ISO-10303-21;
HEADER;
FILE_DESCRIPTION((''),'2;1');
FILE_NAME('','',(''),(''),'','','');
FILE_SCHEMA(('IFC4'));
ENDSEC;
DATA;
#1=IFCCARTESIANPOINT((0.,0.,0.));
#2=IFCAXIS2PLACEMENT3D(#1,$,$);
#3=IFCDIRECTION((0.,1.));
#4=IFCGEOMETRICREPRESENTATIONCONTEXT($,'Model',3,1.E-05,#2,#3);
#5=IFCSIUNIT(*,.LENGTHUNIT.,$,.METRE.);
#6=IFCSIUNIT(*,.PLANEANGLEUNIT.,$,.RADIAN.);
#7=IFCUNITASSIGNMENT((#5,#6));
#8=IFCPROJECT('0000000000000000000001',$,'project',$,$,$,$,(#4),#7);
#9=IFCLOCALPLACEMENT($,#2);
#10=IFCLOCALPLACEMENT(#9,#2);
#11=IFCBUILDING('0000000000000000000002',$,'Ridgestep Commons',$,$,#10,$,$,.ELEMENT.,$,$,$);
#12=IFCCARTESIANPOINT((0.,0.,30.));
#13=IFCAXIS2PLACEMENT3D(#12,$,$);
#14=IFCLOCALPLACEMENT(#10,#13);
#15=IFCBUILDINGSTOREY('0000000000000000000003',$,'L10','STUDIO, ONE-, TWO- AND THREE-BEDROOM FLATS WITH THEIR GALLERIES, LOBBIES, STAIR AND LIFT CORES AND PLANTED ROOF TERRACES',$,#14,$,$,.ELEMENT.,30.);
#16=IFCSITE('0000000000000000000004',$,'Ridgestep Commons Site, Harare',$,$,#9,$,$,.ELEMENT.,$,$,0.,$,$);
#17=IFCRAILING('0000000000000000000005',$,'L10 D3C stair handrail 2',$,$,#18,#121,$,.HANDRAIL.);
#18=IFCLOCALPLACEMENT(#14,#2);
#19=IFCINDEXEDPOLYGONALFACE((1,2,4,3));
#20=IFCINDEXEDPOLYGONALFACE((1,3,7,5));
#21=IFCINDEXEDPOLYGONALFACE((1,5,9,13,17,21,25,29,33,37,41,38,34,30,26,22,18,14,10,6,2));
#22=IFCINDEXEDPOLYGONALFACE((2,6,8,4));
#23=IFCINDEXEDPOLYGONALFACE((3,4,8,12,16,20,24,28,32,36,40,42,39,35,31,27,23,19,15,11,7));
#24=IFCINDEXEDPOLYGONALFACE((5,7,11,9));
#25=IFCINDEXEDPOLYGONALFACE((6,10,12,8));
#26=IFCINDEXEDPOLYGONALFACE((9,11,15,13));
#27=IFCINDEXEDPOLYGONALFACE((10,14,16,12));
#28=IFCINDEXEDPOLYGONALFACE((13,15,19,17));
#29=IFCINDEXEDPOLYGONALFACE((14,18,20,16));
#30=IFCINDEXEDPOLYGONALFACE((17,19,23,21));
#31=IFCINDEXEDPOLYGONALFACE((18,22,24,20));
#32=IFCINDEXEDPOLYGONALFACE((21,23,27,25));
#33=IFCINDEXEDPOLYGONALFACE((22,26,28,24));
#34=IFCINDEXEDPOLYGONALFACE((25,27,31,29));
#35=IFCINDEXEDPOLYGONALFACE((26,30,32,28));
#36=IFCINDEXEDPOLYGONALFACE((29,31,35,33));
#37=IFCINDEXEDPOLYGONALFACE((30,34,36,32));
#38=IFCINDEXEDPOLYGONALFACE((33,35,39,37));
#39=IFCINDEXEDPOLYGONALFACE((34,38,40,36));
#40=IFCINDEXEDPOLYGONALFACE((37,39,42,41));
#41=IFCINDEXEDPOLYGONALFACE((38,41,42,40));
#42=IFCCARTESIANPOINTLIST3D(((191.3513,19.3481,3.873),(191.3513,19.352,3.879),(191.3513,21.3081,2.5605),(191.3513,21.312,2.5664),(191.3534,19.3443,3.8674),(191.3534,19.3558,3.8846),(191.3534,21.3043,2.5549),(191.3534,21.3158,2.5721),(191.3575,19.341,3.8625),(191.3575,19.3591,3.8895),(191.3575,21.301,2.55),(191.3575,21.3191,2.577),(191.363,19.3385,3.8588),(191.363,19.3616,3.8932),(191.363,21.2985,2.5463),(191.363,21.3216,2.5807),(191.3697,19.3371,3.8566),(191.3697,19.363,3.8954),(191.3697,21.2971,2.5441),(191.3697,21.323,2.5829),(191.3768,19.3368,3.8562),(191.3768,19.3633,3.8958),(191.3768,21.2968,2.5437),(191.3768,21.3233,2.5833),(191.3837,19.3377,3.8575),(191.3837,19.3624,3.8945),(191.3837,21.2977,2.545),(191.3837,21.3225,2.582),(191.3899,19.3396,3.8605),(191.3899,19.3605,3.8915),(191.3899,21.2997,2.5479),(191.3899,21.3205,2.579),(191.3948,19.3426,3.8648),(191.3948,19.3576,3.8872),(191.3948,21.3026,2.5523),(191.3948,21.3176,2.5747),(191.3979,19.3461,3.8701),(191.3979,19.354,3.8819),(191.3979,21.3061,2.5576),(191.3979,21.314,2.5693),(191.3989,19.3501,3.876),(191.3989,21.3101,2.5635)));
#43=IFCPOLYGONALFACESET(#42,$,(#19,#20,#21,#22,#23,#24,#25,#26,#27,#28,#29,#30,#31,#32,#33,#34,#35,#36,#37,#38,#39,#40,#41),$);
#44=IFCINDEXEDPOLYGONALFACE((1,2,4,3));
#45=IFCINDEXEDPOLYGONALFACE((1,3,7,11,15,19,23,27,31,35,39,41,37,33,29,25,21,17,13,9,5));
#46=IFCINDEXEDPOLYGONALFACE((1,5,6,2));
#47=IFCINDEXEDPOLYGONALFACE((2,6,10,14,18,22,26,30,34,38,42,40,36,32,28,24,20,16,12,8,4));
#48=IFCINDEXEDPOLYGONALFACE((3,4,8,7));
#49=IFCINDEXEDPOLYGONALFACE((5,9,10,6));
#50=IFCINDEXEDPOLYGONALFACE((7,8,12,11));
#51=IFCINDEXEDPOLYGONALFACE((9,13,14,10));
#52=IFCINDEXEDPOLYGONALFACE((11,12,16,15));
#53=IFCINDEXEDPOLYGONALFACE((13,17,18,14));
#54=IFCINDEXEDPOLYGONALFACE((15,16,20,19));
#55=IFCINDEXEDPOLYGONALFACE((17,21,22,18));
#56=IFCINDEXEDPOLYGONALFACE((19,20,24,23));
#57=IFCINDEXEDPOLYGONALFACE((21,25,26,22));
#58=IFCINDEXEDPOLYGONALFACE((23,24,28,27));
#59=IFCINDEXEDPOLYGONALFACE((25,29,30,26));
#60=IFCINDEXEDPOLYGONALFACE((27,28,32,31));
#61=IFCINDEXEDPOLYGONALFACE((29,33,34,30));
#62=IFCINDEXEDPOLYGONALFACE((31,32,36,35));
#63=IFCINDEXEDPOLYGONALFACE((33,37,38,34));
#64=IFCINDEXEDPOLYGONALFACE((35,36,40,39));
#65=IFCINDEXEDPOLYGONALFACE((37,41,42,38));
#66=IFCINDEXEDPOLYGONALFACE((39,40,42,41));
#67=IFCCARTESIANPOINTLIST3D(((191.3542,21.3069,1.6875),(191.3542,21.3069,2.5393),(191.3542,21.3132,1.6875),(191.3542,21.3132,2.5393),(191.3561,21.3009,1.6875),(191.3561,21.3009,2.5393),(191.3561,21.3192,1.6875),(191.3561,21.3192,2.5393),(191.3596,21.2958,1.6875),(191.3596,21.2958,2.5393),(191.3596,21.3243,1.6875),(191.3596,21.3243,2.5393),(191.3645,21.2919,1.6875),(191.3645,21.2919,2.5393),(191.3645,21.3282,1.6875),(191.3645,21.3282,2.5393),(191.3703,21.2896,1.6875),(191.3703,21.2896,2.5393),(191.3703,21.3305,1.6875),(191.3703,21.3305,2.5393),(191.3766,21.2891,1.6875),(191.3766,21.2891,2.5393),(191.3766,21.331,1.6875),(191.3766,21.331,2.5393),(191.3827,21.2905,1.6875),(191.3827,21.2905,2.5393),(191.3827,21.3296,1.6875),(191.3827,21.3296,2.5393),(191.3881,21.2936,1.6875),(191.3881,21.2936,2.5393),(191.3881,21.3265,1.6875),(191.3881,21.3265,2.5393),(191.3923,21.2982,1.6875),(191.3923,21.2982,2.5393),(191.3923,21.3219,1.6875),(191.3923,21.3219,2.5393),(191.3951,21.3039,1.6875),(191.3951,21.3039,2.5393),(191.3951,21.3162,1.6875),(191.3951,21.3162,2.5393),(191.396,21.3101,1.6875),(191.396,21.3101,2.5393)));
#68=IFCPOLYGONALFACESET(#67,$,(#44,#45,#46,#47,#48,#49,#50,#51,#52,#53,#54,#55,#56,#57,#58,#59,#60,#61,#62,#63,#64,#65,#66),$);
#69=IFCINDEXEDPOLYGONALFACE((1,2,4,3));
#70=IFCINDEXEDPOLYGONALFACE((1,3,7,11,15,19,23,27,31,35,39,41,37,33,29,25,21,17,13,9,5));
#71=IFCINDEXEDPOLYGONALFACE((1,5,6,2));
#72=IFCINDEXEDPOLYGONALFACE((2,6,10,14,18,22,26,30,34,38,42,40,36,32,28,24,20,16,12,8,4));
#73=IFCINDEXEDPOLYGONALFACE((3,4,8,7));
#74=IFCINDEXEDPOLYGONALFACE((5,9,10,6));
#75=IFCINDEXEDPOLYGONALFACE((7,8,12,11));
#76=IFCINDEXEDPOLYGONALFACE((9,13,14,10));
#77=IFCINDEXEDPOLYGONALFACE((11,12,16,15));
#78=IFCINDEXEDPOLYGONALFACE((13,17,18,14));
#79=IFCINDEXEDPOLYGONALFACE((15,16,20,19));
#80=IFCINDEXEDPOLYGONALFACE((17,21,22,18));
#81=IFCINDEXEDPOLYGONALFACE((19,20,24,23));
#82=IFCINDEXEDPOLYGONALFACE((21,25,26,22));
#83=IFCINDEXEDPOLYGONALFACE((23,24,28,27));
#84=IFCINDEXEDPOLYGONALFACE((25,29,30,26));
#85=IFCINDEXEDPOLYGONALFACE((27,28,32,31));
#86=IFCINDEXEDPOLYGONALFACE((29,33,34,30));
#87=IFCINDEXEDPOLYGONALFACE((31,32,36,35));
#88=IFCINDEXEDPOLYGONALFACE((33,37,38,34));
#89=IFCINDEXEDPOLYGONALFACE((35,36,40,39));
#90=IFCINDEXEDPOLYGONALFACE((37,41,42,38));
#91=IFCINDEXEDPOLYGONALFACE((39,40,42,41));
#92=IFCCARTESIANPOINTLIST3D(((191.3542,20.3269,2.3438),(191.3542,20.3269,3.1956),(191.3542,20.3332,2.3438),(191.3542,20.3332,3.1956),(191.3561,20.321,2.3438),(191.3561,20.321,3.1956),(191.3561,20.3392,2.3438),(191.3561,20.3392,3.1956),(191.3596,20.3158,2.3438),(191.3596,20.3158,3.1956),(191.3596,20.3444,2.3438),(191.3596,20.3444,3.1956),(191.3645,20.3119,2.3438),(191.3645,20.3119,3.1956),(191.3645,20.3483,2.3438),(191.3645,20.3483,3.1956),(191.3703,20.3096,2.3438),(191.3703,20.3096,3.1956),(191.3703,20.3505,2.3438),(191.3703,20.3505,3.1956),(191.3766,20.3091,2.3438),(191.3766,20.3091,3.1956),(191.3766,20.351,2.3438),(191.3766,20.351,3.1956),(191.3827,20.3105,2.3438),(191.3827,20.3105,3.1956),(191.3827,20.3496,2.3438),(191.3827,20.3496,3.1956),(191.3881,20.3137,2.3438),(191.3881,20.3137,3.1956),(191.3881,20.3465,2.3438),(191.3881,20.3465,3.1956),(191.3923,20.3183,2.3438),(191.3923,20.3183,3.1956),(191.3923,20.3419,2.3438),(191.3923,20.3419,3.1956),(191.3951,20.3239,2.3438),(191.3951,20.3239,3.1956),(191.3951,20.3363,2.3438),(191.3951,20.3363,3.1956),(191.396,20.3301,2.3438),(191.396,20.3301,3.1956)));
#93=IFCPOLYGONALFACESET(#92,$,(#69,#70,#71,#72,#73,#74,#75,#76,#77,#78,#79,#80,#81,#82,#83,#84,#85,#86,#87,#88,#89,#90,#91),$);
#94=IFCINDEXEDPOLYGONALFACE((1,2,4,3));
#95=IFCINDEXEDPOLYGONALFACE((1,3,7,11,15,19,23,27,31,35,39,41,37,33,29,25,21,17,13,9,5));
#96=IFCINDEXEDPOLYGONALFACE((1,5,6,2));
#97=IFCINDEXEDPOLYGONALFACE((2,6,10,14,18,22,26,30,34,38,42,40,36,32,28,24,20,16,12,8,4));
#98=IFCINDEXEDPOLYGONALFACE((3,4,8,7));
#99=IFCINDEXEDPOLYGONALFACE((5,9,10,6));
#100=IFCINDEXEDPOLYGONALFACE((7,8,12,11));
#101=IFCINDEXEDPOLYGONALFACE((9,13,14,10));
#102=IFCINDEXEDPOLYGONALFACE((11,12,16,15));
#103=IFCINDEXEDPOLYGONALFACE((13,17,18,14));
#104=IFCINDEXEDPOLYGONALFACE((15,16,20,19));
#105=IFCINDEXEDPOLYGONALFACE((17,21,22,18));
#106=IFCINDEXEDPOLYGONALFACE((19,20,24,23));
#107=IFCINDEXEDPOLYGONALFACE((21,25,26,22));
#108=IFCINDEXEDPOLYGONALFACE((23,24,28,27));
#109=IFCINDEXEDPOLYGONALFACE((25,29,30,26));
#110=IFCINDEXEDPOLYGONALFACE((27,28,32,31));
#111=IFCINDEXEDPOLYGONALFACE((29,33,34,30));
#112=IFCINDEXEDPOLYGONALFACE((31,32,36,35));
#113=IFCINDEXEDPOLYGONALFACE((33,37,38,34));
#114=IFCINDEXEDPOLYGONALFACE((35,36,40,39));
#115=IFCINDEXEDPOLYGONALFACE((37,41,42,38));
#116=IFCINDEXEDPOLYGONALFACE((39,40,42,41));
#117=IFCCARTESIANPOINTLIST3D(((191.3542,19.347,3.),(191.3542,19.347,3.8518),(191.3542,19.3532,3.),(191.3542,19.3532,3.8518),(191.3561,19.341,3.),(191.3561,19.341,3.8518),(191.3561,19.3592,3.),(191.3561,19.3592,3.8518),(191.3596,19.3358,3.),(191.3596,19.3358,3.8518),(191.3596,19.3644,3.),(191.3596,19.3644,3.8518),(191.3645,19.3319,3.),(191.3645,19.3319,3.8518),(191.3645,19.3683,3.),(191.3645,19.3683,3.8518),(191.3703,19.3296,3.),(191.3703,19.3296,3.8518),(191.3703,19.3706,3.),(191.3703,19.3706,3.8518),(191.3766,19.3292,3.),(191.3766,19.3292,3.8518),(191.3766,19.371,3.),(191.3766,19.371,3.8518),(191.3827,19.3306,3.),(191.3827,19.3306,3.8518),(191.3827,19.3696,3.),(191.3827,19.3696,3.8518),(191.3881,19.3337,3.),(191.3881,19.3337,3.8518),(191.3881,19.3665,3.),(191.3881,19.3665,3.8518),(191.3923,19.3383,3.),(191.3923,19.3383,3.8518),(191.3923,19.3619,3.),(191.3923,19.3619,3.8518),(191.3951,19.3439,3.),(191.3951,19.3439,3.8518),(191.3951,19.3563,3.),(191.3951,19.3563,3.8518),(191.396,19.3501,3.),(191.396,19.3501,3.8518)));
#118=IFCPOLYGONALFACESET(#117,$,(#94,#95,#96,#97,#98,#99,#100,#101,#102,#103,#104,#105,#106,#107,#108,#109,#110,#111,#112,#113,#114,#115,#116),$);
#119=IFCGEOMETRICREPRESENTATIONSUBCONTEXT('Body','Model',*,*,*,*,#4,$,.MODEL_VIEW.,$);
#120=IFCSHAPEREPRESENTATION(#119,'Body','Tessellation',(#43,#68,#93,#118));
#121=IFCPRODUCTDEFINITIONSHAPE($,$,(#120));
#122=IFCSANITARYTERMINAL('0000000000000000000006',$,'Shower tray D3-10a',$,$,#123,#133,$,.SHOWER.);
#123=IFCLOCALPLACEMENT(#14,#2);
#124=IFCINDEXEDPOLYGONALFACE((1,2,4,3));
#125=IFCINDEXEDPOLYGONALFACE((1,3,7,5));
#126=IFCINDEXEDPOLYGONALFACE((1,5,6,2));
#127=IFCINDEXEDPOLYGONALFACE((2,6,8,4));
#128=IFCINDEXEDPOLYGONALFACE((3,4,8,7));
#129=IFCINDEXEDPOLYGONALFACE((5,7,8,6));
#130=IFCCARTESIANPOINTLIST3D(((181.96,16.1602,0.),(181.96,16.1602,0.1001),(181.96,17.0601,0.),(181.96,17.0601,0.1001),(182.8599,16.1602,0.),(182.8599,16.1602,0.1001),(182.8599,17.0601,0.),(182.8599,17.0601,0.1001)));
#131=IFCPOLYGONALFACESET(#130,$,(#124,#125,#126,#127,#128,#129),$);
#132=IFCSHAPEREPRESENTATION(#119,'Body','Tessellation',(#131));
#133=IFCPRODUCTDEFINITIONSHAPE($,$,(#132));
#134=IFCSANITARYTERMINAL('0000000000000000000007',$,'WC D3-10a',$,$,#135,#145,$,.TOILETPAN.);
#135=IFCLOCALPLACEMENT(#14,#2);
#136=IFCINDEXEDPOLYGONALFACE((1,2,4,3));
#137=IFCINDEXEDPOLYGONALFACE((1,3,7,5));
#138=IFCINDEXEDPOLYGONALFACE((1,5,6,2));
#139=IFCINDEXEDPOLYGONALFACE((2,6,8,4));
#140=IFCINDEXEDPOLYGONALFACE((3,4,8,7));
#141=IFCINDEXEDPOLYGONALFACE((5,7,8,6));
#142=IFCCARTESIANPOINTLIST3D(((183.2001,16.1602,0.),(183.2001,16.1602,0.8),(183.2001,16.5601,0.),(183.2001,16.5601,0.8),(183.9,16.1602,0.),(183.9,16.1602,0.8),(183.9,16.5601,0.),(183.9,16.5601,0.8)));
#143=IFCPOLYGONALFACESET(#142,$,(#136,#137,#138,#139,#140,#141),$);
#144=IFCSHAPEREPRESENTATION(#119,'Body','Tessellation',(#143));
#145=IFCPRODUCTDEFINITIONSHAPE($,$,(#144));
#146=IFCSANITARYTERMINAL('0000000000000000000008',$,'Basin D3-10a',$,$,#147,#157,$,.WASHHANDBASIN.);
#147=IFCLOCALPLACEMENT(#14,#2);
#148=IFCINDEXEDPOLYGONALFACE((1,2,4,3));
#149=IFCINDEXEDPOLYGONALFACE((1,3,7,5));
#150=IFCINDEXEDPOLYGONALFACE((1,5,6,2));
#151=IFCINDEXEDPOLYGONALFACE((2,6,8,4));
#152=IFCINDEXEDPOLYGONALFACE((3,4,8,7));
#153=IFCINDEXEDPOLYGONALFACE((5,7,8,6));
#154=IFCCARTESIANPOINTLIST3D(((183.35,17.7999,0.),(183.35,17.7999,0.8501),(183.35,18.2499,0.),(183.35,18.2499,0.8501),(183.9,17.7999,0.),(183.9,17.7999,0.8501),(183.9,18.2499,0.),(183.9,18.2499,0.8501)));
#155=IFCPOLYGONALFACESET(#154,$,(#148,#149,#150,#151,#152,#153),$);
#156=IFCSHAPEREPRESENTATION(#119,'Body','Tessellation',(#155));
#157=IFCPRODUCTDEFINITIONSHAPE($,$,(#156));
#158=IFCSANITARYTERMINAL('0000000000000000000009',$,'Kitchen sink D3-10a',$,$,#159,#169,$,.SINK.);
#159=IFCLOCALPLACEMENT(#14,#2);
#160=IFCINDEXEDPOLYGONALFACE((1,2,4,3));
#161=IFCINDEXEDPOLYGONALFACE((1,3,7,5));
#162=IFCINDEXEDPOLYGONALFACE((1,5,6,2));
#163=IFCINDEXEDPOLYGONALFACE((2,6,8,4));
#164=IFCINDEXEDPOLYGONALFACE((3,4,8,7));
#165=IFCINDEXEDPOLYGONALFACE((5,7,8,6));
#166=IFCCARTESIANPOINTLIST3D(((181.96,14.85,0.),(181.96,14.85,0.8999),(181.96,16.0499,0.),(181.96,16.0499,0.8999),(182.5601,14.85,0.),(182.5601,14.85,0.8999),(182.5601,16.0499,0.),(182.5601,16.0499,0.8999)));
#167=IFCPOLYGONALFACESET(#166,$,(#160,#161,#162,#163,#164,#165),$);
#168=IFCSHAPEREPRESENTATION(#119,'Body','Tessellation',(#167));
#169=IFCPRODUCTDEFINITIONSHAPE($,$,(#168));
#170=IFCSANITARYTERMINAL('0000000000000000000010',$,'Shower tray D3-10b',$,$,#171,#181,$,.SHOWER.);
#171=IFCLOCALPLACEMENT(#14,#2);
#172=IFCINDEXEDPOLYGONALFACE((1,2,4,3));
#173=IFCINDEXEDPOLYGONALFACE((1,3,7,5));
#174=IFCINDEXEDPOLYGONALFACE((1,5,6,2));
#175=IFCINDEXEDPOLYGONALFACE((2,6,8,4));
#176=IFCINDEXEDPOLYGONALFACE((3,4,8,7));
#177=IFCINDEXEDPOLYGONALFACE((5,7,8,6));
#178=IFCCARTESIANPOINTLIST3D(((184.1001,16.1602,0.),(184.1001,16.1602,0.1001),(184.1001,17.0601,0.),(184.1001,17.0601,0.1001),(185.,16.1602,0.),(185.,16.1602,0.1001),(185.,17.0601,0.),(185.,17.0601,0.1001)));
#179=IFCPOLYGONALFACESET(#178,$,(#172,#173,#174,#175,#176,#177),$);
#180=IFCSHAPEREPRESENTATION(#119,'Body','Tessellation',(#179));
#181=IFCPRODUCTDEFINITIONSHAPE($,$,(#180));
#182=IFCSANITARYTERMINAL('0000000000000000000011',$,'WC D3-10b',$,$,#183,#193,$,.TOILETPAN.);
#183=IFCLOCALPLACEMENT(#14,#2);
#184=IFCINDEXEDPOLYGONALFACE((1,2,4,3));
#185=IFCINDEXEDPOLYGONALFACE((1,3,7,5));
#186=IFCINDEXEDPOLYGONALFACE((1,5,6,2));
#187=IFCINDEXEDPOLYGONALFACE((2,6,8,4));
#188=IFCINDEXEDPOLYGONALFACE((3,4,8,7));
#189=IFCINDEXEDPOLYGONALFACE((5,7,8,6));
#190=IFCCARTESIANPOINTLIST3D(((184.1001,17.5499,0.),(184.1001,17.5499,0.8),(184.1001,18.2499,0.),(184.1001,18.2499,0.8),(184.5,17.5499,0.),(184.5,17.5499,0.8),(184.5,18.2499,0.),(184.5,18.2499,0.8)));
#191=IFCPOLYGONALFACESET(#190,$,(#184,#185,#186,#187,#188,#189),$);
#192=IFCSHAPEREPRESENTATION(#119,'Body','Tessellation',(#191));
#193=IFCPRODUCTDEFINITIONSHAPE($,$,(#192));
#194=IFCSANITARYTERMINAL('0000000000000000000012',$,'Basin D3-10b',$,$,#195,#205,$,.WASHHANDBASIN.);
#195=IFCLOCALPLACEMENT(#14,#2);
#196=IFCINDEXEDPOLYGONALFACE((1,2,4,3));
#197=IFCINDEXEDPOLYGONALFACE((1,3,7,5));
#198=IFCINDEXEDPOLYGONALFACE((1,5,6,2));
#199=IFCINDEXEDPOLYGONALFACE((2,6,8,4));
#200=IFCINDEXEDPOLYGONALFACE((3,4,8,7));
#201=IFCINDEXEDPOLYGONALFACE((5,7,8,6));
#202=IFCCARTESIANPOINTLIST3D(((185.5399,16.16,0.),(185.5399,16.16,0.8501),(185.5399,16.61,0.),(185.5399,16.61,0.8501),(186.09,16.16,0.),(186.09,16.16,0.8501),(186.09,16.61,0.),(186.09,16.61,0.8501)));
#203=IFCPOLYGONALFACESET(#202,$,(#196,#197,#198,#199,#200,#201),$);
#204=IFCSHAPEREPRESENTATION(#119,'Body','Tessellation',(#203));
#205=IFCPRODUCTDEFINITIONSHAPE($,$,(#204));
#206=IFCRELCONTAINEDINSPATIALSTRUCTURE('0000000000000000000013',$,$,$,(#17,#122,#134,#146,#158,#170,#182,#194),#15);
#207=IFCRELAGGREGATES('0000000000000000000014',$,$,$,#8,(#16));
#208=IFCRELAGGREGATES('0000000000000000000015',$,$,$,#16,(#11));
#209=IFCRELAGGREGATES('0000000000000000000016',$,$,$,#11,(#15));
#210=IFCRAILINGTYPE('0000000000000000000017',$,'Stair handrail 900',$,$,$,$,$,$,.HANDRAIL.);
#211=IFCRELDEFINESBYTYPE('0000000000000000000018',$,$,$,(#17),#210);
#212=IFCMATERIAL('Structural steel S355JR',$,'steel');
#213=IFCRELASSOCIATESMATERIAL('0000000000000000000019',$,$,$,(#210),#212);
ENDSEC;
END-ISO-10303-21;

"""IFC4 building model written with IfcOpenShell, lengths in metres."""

from ifc_helpers import new_model, si_unit, direction, frame, origin, origin_2d, place, context, subcontext, project, spatial, rectangle, circle, extrude, material, type_object, element, save


model = new_model("IFC4")

# Units and contexts
model_context = context("Model", 3, precision=1e-05, world=origin(), true_north=direction((0.0, 1.0)))
body_context = subcontext(model_context, "Body", "Model", "MODEL_VIEW")
ifc_project = project(units=[si_unit("LENGTHUNIT", "METRE"), si_unit("PLANEANGLEUNIT", "RADIAN")], contexts=[model_context])

# Site, building, storey
site_placement = place(None, origin())
site = spatial("IfcSite", under=ifc_project, at=site_placement, Name="Ridgestep Commons Site, Harare", CompositionType="ELEMENT", RefElevation=0.0)
building_placement = place(site_placement, origin())
building = spatial("IfcBuilding", under=site, at=building_placement, Name="Ridgestep Commons", CompositionType="ELEMENT")
storey_placement = place(building_placement, frame((0.0, 0.0, 30.0)))
storey = spatial("IfcBuildingStorey", under=building, at=storey_placement, Name="L10", Description="STUDIO, ONE-, TWO- AND THREE-BEDROOM FLATS WITH THEIR GALLERIES, LOBBIES, STAIR AND LIFT CORES AND PLANTED ROOF TERRACES", CompositionType="ELEMENT", Elevation=30.0)

# Railing
ifc_material_1 = material(Name="Structural steel S355JR", Category="steel")
railing_type = type_object("IfcRailingType", Name="Stair handrail 900", PredefinedType="HANDRAIL", material=ifc_material_1)
railing_placement = place(storey_placement, frame((191.375, 21.3101, 1.6875)))
element("IfcRailing", 1, at=railing_placement, inside=storey, type_object=railing_type, Name="L10 D3C stair handrail 2", PredefinedType="HANDRAIL", context=body_context, shape_type="SweptSolid", body=[
    extrude(circle(Radius=0.0239, at=origin_2d()), frame((0.0, 0.0, 0.876), z_axis=(0.0, -0.830902, 0.556419), x_axis=(1.0, 0.0, 0.0)), (0.0, 0.0, 1.0), 2.3589),
    extrude(circle(Radius=0.021, at=origin_2d()), origin(), (0.0, 0.0, 1.0), 0.8518),
    extrude(circle(Radius=0.021, at=origin_2d()), frame((0.0, -0.98, 0.6562)), (0.0, 0.0, 1.0), 0.8518),
    extrude(circle(Radius=0.021, at=origin_2d()), frame((0.0, -1.96, 1.3125)), (0.0, 0.0, 1.0), 0.8518),
])

# Sanitary terminals
sanitary_terminal_1_placement = place(storey_placement, frame((182.4099, 16.6101, 0.0), z_axis=(0.0, 0.0, 1.0), x_axis=(1.0, 0.0, 0.0)))
element("IfcSanitaryTerminal", 2, at=sanitary_terminal_1_placement, inside=storey, Name="Shower tray D3-10a", PredefinedType="SHOWER", context=body_context, shape_type="SweptSolid", body=[
    extrude(rectangle(XDim=0.8999, YDim=0.8999, at=origin_2d()), origin(), (0.0, 0.0, 1.0), 0.1001),
])
sanitary_terminal_2_placement = place(storey_placement, frame((183.55, 16.3601, 0.0), z_axis=(0.0, 0.0, 1.0), x_axis=(1.0, 0.0, 0.0)))
element("IfcSanitaryTerminal", 3, at=sanitary_terminal_2_placement, inside=storey, Name="WC D3-10a", PredefinedType="TOILETPAN", context=body_context, shape_type="SweptSolid", body=[
    extrude(rectangle(XDim=0.7, YDim=0.3999, at=origin_2d()), origin(), (0.0, 0.0, 1.0), 0.8),
])
sanitary_terminal_3_placement = place(storey_placement, frame((183.625, 18.0249, 0.0), z_axis=(0.0, 0.0, 1.0), x_axis=(1.0, 0.0, 0.0)))
element("IfcSanitaryTerminal", 4, at=sanitary_terminal_3_placement, inside=storey, Name="Basin D3-10a", PredefinedType="WASHHANDBASIN", context=body_context, shape_type="SweptSolid", body=[
    extrude(rectangle(XDim=0.55, YDim=0.45, at=origin_2d()), origin(), (0.0, 0.0, 1.0), 0.8501),
])
sanitary_terminal_4_placement = place(storey_placement, frame((182.26, 15.45, 0.0), z_axis=(0.0, 0.0, 1.0), x_axis=(1.0, 0.0, 0.0)))
element("IfcSanitaryTerminal", 5, at=sanitary_terminal_4_placement, inside=storey, Name="Kitchen sink D3-10a", PredefinedType="SINK", context=body_context, shape_type="SweptSolid", body=[
    extrude(rectangle(XDim=0.6001, YDim=1.2, at=origin_2d()), origin(), (0.0, 0.0, 1.0), 0.8999),
])
sanitary_terminal_5_placement = place(storey_placement, frame((184.55, 16.6101, 0.0), z_axis=(0.0, 0.0, 1.0), x_axis=(1.0, 0.0, 0.0)))
element("IfcSanitaryTerminal", 6, at=sanitary_terminal_5_placement, inside=storey, Name="Shower tray D3-10b", PredefinedType="SHOWER", context=body_context, shape_type="SweptSolid", body=[
    extrude(rectangle(XDim=0.8999, YDim=0.8999, at=origin_2d()), origin(), (0.0, 0.0, 1.0), 0.1001),
])
sanitary_terminal_6_placement = place(storey_placement, frame((184.3, 17.8999, 0.0), z_axis=(0.0, 0.0, 1.0), x_axis=(1.0, 0.0, 0.0)))
element("IfcSanitaryTerminal", 7, at=sanitary_terminal_6_placement, inside=storey, Name="WC D3-10b", PredefinedType="TOILETPAN", context=body_context, shape_type="SweptSolid", body=[
    extrude(rectangle(XDim=0.3999, YDim=0.7, at=origin_2d()), origin(), (0.0, 0.0, 1.0), 0.8),
])
sanitary_terminal_7_placement = place(storey_placement, frame((185.8149, 16.385, 0.0), z_axis=(0.0, 0.0, 1.0), x_axis=(1.0, 0.0, 0.0)))
element("IfcSanitaryTerminal", 8, at=sanitary_terminal_7_placement, inside=storey, Name="Basin D3-10b", PredefinedType="WASHHANDBASIN", context=body_context, shape_type="SweptSolid", body=[
    extrude(rectangle(XDim=0.55, YDim=0.45, at=origin_2d()), origin(), (0.0, 0.0, 1.0), 0.8501),
])

save(model, "model.ifc")
